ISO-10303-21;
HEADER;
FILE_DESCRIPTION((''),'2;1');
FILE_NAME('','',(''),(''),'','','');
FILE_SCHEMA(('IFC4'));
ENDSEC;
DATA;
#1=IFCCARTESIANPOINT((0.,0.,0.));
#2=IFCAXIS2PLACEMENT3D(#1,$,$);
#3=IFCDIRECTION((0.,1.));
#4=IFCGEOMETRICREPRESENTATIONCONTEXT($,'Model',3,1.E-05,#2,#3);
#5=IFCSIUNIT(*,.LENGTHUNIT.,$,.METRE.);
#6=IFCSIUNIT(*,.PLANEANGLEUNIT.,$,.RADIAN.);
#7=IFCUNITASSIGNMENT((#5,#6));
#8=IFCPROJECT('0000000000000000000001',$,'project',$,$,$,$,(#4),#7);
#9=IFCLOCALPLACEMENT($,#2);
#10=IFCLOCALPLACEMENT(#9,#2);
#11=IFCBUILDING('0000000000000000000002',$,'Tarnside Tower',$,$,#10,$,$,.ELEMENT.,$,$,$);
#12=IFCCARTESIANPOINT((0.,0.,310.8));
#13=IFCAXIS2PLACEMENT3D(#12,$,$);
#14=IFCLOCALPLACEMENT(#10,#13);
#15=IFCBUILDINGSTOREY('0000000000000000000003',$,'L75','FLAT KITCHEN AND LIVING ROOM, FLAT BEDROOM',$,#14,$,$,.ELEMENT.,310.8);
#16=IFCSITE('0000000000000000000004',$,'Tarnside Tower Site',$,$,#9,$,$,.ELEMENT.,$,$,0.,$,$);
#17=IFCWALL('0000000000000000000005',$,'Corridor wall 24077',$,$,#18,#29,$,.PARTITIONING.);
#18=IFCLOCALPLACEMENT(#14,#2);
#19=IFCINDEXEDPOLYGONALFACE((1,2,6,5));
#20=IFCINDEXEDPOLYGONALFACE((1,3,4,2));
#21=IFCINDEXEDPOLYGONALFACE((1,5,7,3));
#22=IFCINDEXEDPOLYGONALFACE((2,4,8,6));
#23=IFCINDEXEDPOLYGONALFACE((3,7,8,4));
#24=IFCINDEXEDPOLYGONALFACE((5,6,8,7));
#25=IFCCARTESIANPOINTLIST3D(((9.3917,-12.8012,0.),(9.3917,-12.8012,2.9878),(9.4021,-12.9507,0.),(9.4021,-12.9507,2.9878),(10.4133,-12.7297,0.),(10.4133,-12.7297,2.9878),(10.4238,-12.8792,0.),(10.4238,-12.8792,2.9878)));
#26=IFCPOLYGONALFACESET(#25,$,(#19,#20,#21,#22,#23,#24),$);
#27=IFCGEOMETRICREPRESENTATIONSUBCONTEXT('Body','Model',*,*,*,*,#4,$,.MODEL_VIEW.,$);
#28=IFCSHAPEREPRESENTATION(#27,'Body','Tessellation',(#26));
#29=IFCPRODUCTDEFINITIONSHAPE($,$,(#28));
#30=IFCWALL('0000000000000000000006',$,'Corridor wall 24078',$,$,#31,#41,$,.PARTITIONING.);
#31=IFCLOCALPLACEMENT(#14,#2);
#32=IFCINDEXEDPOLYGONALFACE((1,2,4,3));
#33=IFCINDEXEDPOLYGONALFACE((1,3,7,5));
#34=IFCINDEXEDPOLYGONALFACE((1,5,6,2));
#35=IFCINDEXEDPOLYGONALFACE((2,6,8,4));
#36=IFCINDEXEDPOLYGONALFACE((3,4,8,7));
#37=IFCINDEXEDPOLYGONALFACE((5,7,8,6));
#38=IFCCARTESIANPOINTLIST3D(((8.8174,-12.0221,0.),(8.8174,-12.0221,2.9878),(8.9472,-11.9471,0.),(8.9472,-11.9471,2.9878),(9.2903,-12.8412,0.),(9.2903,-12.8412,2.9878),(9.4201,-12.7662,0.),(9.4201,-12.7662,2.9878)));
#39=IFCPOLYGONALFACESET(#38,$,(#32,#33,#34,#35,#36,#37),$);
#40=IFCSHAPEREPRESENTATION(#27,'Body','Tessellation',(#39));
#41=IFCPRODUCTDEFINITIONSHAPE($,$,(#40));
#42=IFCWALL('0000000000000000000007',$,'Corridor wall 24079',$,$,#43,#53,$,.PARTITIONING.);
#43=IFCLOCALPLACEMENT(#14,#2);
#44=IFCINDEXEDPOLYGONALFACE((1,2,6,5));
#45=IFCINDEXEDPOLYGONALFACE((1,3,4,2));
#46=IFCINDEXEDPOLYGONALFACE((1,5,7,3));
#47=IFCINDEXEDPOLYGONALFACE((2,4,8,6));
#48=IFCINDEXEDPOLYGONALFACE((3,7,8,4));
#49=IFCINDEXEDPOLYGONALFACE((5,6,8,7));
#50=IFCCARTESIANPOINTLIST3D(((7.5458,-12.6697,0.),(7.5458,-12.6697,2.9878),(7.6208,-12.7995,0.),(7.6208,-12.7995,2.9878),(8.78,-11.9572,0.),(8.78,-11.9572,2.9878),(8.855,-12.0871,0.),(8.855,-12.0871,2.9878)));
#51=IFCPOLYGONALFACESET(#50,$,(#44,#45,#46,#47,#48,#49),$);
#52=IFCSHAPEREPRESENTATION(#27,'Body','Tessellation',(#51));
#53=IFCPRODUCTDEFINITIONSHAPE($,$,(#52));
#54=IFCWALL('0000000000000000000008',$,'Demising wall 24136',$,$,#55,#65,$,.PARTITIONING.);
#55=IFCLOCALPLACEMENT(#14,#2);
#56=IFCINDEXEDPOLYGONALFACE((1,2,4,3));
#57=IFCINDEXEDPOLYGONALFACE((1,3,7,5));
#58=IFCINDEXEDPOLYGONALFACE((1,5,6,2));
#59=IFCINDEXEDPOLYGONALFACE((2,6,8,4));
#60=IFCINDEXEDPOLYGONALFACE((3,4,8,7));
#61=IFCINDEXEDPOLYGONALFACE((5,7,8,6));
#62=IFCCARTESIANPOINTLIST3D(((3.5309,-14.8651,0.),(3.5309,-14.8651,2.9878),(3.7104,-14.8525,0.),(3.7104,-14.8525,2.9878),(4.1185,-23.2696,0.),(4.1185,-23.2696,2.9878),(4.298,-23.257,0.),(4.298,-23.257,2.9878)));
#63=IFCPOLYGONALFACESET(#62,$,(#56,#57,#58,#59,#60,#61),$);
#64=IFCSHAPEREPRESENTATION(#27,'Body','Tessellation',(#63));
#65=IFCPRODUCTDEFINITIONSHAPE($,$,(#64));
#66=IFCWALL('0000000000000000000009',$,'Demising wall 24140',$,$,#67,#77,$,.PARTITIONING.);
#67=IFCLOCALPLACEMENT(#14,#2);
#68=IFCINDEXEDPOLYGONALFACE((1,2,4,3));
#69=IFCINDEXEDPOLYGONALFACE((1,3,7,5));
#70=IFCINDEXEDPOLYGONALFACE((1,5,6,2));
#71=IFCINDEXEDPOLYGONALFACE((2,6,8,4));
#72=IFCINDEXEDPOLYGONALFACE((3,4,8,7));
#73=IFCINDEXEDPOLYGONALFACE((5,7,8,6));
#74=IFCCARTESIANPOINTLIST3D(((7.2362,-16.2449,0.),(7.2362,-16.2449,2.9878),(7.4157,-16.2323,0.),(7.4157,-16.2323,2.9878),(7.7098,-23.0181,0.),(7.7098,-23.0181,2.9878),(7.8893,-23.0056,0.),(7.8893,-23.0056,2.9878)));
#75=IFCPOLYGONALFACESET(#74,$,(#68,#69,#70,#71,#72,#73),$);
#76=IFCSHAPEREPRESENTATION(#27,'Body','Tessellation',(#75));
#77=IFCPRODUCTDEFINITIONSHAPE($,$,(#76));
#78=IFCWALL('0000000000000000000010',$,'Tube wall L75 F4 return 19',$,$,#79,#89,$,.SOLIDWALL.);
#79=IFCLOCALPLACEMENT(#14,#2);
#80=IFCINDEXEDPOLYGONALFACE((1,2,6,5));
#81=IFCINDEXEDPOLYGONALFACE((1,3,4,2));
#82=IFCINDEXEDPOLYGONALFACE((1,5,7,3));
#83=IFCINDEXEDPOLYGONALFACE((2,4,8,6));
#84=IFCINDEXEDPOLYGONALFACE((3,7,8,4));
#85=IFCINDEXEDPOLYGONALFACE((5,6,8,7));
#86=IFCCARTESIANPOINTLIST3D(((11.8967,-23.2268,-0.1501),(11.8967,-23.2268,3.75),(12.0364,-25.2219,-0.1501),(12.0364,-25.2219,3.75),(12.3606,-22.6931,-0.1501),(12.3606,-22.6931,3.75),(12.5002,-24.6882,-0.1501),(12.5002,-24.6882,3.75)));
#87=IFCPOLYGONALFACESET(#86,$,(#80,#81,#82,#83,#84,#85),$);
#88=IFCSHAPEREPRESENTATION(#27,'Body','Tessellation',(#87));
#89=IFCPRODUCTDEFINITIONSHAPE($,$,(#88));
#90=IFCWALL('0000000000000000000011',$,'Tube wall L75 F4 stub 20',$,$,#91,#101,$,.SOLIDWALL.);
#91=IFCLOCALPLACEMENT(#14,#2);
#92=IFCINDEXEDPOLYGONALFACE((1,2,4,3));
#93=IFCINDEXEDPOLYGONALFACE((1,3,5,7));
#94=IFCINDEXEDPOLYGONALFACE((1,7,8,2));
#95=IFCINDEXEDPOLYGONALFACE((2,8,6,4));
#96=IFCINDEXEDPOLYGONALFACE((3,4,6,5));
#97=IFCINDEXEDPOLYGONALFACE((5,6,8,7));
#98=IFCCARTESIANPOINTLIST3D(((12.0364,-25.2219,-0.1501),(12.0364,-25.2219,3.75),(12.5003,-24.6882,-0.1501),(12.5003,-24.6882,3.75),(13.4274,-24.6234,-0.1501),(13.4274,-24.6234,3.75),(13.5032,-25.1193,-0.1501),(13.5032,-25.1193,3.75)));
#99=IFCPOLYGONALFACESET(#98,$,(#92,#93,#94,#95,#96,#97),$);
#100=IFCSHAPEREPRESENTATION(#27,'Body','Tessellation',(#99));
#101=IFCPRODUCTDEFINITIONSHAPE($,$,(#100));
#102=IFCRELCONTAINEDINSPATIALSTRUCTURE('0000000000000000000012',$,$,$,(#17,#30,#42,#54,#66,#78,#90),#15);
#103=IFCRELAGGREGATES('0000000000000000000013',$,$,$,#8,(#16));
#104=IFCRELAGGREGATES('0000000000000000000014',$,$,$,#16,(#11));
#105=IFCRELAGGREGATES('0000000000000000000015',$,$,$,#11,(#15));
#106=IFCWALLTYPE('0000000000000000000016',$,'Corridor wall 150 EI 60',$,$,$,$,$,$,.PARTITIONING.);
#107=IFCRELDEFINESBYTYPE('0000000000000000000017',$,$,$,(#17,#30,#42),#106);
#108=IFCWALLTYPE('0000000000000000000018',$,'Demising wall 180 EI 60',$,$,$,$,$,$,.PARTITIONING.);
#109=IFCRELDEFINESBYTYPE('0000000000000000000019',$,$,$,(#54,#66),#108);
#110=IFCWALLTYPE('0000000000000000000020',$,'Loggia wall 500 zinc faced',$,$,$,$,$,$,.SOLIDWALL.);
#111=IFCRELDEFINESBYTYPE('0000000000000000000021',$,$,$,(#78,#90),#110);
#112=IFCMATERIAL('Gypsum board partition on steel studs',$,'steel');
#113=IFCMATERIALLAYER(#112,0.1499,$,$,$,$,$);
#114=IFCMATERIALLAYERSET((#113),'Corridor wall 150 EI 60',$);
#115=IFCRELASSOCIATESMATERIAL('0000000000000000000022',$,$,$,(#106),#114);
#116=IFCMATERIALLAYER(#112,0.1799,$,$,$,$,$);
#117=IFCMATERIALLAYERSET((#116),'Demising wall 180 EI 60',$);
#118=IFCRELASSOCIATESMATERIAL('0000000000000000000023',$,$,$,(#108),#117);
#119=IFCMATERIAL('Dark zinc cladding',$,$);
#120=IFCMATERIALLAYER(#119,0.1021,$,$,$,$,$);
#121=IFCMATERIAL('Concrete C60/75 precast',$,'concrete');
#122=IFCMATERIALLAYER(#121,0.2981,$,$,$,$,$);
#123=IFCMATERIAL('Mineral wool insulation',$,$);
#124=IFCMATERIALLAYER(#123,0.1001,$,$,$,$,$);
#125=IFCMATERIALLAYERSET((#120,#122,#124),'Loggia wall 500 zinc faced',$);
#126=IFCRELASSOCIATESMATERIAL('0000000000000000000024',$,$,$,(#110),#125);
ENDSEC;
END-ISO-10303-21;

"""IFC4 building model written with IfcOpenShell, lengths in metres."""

from ifc_helpers import new_model, si_unit, direction, frame, frame_2d, origin, place, context, subcontext, project, spatial, polyline, rectangle, outline, extrude, material, layer, layer_set, type_object, element, save


model = new_model("IFC4")

# Units and contexts
model_context = context("Model", 3, precision=1e-05, world=origin(), true_north=direction((0.0, 1.0)))
body_context = subcontext(model_context, "Body", "Model", "MODEL_VIEW")
ifc_project = project(units=[si_unit("LENGTHUNIT", "METRE"), si_unit("PLANEANGLEUNIT", "RADIAN")], contexts=[model_context])

# Site, building, storey
site_placement = place(None, origin())
site = spatial("IfcSite", under=ifc_project, at=site_placement, Name="Tarnside Tower Site", CompositionType="ELEMENT", RefElevation=0.0)
building_placement = place(site_placement, origin())
building = spatial("IfcBuilding", under=site, at=building_placement, Name="Tarnside Tower", CompositionType="ELEMENT")
storey_placement = place(building_placement, frame((0.0, 0.0, 310.8)))
storey = spatial("IfcBuildingStorey", under=building, at=storey_placement, Name="L75", Description="FLAT KITCHEN AND LIVING ROOM, FLAT BEDROOM", CompositionType="ELEMENT", Elevation=310.8)

# Shared definitions
ifc_material_1 = material(Name="Gypsum board partition on steel studs", Category="steel")
ifc_layer_1 = layer(ifc_material_1, 0.1499)
ifc_layer_set_1 = layer_set([ifc_layer_1], Name="Corridor wall 150 EI 60")
wall_type_1 = type_object("IfcWallType", Name="Corridor wall 150 EI 60", PredefinedType="PARTITIONING", material=ifc_layer_set_1)

# Walls
wall_1_placement = place(storey_placement, frame((10.4187, -12.8044, 0.0), z_axis=(0.0, 0.0, 1.0), x_axis=(-0.997558, -0.069841, 0.0)))
element("IfcWall", 1, at=wall_1_placement, inside=storey, type_object=wall_type_1, Name="Corridor wall 24077", PredefinedType="PARTITIONING", context=body_context, shape_type="SweptSolid", body=[
    extrude(rectangle(XDim=1.0242, YDim=0.1499, at=frame_2d((0.5122, 0.0))), origin(), (0.0, 0.0, 1.0), 2.9878),
])
wall_2_placement = place(storey_placement, frame((9.3552, -12.8037, 0.0), z_axis=(0.0, 0.0, 1.0), x_axis=(-0.499998, 0.866027, 0.0)))
element("IfcWall", 2, at=wall_2_placement, inside=storey, type_object=wall_type_1, Name="Corridor wall 24078", PredefinedType="PARTITIONING", context=body_context, shape_type="SweptSolid", body=[
    extrude(rectangle(XDim=0.9458, YDim=0.1499, at=frame_2d((0.4729, 0.0))), origin(), (0.0, 0.0, 1.0), 2.9878),
])
wall_3_placement = place(storey_placement, frame((8.8174, -12.0222, 0.0), z_axis=(0.0, 0.0, 1.0), x_axis=(-0.866063, -0.499935, 0.0)))
element("IfcWall", 3, at=wall_3_placement, inside=storey, type_object=wall_type_1, Name="Corridor wall 24079", PredefinedType="PARTITIONING", context=body_context, shape_type="SweptSolid", body=[
    extrude(rectangle(XDim=1.425, YDim=0.1499, at=frame_2d((0.7124, 0.0))), origin(), (0.0, 0.0, 1.0), 2.9878),
])
ifc_layer_2 = layer(ifc_material_1, 0.1799)
ifc_layer_set_2 = layer_set([ifc_layer_2], Name="Demising wall 180 EI 60")
wall_type_2 = type_object("IfcWallType", Name="Demising wall 180 EI 60", PredefinedType="PARTITIONING", material=ifc_layer_set_2)
wall_4_placement = place(storey_placement, frame((4.2083, -23.2632, 0.0), z_axis=(0.0, 0.0, 1.0), x_axis=(-0.06975, 0.997565, 0.0)))
element("IfcWall", 4, at=wall_4_placement, inside=storey, type_object=wall_type_2, Name="Demising wall 24136", PredefinedType="PARTITIONING", context=body_context, shape_type="SweptSolid", body=[
    extrude(rectangle(XDim=8.425, YDim=0.1799, at=frame_2d((4.2124, 0.0))), origin(), (0.0, 0.0, 1.0), 2.9878),
])
wall_5_placement = place(storey_placement, frame((7.7996, -23.012, 0.0), z_axis=(0.0, 0.0, 1.0), x_axis=(-0.069757, 0.997564, 0.0)))
element("IfcWall", 5, at=wall_5_placement, inside=storey, type_object=wall_type_2, Name="Demising wall 24140", PredefinedType="PARTITIONING", context=body_context, shape_type="SweptSolid", body=[
    extrude(rectangle(XDim=6.7898, YDim=0.1799, at=frame_2d((3.395, 0.0))), origin(), (0.0, 0.0, 1.0), 2.9878),
])
ifc_material_2 = material(Name="Dark zinc cladding")
ifc_layer_3 = layer(ifc_material_2, 0.1021)
ifc_material_3 = material(Name="Concrete C60/75 precast", Category="concrete")
ifc_layer_4 = layer(ifc_material_3, 0.2981)
ifc_material_4 = material(Name="Mineral wool insulation")
ifc_layer_5 = layer(ifc_material_4, 0.1001)
ifc_layer_set_3 = layer_set([ifc_layer_3, ifc_layer_4, ifc_layer_5], Name="Loggia wall 500 zinc faced")
wall_type_3 = type_object("IfcWallType", Name="Loggia wall 500 zinc faced", PredefinedType="SOLIDWALL", material=ifc_layer_set_3)
wall_6_placement = place(storey_placement, frame((12.1287, -22.96, -0.1501), z_axis=(0.0, 0.0, 1.0), x_axis=(0.069824, -0.997559, 0.0)))
element("IfcWall", 6, at=wall_6_placement, inside=storey, type_object=wall_type_3, Name="Tube wall L75 F4 return 19", PredefinedType="SOLIDWALL", context=body_context, shape_type="SweptSolid", body=[
    extrude(outline(polyline([(0.25, -0.25), (2.25, -0.25), (1.75, 0.25), (-0.25, 0.25), (0.25, -0.25)])), origin(), (0.0, 0.0, 1.0), 3.9001),
])
wall_7_placement = place(storey_placement, frame((12.2683, -24.9551, -0.1501), z_axis=(0.0, 0.0, 1.0), x_axis=(0.997562, 0.069787, 0.0)))
element("IfcWall", 7, at=wall_7_placement, inside=storey, type_object=wall_type_3, Name="Tube wall L75 F4 stub 20", PredefinedType="SOLIDWALL", context=body_context, shape_type="SweptSolid", body=[
    extrude(outline(polyline([(-0.25, -0.25), (1.2205, -0.25), (1.1794, 0.25), (0.25, 0.25), (-0.25, -0.25)])), origin(), (0.0, 0.0, 1.0), 3.9001),
])

save(model, "model.ifc")
